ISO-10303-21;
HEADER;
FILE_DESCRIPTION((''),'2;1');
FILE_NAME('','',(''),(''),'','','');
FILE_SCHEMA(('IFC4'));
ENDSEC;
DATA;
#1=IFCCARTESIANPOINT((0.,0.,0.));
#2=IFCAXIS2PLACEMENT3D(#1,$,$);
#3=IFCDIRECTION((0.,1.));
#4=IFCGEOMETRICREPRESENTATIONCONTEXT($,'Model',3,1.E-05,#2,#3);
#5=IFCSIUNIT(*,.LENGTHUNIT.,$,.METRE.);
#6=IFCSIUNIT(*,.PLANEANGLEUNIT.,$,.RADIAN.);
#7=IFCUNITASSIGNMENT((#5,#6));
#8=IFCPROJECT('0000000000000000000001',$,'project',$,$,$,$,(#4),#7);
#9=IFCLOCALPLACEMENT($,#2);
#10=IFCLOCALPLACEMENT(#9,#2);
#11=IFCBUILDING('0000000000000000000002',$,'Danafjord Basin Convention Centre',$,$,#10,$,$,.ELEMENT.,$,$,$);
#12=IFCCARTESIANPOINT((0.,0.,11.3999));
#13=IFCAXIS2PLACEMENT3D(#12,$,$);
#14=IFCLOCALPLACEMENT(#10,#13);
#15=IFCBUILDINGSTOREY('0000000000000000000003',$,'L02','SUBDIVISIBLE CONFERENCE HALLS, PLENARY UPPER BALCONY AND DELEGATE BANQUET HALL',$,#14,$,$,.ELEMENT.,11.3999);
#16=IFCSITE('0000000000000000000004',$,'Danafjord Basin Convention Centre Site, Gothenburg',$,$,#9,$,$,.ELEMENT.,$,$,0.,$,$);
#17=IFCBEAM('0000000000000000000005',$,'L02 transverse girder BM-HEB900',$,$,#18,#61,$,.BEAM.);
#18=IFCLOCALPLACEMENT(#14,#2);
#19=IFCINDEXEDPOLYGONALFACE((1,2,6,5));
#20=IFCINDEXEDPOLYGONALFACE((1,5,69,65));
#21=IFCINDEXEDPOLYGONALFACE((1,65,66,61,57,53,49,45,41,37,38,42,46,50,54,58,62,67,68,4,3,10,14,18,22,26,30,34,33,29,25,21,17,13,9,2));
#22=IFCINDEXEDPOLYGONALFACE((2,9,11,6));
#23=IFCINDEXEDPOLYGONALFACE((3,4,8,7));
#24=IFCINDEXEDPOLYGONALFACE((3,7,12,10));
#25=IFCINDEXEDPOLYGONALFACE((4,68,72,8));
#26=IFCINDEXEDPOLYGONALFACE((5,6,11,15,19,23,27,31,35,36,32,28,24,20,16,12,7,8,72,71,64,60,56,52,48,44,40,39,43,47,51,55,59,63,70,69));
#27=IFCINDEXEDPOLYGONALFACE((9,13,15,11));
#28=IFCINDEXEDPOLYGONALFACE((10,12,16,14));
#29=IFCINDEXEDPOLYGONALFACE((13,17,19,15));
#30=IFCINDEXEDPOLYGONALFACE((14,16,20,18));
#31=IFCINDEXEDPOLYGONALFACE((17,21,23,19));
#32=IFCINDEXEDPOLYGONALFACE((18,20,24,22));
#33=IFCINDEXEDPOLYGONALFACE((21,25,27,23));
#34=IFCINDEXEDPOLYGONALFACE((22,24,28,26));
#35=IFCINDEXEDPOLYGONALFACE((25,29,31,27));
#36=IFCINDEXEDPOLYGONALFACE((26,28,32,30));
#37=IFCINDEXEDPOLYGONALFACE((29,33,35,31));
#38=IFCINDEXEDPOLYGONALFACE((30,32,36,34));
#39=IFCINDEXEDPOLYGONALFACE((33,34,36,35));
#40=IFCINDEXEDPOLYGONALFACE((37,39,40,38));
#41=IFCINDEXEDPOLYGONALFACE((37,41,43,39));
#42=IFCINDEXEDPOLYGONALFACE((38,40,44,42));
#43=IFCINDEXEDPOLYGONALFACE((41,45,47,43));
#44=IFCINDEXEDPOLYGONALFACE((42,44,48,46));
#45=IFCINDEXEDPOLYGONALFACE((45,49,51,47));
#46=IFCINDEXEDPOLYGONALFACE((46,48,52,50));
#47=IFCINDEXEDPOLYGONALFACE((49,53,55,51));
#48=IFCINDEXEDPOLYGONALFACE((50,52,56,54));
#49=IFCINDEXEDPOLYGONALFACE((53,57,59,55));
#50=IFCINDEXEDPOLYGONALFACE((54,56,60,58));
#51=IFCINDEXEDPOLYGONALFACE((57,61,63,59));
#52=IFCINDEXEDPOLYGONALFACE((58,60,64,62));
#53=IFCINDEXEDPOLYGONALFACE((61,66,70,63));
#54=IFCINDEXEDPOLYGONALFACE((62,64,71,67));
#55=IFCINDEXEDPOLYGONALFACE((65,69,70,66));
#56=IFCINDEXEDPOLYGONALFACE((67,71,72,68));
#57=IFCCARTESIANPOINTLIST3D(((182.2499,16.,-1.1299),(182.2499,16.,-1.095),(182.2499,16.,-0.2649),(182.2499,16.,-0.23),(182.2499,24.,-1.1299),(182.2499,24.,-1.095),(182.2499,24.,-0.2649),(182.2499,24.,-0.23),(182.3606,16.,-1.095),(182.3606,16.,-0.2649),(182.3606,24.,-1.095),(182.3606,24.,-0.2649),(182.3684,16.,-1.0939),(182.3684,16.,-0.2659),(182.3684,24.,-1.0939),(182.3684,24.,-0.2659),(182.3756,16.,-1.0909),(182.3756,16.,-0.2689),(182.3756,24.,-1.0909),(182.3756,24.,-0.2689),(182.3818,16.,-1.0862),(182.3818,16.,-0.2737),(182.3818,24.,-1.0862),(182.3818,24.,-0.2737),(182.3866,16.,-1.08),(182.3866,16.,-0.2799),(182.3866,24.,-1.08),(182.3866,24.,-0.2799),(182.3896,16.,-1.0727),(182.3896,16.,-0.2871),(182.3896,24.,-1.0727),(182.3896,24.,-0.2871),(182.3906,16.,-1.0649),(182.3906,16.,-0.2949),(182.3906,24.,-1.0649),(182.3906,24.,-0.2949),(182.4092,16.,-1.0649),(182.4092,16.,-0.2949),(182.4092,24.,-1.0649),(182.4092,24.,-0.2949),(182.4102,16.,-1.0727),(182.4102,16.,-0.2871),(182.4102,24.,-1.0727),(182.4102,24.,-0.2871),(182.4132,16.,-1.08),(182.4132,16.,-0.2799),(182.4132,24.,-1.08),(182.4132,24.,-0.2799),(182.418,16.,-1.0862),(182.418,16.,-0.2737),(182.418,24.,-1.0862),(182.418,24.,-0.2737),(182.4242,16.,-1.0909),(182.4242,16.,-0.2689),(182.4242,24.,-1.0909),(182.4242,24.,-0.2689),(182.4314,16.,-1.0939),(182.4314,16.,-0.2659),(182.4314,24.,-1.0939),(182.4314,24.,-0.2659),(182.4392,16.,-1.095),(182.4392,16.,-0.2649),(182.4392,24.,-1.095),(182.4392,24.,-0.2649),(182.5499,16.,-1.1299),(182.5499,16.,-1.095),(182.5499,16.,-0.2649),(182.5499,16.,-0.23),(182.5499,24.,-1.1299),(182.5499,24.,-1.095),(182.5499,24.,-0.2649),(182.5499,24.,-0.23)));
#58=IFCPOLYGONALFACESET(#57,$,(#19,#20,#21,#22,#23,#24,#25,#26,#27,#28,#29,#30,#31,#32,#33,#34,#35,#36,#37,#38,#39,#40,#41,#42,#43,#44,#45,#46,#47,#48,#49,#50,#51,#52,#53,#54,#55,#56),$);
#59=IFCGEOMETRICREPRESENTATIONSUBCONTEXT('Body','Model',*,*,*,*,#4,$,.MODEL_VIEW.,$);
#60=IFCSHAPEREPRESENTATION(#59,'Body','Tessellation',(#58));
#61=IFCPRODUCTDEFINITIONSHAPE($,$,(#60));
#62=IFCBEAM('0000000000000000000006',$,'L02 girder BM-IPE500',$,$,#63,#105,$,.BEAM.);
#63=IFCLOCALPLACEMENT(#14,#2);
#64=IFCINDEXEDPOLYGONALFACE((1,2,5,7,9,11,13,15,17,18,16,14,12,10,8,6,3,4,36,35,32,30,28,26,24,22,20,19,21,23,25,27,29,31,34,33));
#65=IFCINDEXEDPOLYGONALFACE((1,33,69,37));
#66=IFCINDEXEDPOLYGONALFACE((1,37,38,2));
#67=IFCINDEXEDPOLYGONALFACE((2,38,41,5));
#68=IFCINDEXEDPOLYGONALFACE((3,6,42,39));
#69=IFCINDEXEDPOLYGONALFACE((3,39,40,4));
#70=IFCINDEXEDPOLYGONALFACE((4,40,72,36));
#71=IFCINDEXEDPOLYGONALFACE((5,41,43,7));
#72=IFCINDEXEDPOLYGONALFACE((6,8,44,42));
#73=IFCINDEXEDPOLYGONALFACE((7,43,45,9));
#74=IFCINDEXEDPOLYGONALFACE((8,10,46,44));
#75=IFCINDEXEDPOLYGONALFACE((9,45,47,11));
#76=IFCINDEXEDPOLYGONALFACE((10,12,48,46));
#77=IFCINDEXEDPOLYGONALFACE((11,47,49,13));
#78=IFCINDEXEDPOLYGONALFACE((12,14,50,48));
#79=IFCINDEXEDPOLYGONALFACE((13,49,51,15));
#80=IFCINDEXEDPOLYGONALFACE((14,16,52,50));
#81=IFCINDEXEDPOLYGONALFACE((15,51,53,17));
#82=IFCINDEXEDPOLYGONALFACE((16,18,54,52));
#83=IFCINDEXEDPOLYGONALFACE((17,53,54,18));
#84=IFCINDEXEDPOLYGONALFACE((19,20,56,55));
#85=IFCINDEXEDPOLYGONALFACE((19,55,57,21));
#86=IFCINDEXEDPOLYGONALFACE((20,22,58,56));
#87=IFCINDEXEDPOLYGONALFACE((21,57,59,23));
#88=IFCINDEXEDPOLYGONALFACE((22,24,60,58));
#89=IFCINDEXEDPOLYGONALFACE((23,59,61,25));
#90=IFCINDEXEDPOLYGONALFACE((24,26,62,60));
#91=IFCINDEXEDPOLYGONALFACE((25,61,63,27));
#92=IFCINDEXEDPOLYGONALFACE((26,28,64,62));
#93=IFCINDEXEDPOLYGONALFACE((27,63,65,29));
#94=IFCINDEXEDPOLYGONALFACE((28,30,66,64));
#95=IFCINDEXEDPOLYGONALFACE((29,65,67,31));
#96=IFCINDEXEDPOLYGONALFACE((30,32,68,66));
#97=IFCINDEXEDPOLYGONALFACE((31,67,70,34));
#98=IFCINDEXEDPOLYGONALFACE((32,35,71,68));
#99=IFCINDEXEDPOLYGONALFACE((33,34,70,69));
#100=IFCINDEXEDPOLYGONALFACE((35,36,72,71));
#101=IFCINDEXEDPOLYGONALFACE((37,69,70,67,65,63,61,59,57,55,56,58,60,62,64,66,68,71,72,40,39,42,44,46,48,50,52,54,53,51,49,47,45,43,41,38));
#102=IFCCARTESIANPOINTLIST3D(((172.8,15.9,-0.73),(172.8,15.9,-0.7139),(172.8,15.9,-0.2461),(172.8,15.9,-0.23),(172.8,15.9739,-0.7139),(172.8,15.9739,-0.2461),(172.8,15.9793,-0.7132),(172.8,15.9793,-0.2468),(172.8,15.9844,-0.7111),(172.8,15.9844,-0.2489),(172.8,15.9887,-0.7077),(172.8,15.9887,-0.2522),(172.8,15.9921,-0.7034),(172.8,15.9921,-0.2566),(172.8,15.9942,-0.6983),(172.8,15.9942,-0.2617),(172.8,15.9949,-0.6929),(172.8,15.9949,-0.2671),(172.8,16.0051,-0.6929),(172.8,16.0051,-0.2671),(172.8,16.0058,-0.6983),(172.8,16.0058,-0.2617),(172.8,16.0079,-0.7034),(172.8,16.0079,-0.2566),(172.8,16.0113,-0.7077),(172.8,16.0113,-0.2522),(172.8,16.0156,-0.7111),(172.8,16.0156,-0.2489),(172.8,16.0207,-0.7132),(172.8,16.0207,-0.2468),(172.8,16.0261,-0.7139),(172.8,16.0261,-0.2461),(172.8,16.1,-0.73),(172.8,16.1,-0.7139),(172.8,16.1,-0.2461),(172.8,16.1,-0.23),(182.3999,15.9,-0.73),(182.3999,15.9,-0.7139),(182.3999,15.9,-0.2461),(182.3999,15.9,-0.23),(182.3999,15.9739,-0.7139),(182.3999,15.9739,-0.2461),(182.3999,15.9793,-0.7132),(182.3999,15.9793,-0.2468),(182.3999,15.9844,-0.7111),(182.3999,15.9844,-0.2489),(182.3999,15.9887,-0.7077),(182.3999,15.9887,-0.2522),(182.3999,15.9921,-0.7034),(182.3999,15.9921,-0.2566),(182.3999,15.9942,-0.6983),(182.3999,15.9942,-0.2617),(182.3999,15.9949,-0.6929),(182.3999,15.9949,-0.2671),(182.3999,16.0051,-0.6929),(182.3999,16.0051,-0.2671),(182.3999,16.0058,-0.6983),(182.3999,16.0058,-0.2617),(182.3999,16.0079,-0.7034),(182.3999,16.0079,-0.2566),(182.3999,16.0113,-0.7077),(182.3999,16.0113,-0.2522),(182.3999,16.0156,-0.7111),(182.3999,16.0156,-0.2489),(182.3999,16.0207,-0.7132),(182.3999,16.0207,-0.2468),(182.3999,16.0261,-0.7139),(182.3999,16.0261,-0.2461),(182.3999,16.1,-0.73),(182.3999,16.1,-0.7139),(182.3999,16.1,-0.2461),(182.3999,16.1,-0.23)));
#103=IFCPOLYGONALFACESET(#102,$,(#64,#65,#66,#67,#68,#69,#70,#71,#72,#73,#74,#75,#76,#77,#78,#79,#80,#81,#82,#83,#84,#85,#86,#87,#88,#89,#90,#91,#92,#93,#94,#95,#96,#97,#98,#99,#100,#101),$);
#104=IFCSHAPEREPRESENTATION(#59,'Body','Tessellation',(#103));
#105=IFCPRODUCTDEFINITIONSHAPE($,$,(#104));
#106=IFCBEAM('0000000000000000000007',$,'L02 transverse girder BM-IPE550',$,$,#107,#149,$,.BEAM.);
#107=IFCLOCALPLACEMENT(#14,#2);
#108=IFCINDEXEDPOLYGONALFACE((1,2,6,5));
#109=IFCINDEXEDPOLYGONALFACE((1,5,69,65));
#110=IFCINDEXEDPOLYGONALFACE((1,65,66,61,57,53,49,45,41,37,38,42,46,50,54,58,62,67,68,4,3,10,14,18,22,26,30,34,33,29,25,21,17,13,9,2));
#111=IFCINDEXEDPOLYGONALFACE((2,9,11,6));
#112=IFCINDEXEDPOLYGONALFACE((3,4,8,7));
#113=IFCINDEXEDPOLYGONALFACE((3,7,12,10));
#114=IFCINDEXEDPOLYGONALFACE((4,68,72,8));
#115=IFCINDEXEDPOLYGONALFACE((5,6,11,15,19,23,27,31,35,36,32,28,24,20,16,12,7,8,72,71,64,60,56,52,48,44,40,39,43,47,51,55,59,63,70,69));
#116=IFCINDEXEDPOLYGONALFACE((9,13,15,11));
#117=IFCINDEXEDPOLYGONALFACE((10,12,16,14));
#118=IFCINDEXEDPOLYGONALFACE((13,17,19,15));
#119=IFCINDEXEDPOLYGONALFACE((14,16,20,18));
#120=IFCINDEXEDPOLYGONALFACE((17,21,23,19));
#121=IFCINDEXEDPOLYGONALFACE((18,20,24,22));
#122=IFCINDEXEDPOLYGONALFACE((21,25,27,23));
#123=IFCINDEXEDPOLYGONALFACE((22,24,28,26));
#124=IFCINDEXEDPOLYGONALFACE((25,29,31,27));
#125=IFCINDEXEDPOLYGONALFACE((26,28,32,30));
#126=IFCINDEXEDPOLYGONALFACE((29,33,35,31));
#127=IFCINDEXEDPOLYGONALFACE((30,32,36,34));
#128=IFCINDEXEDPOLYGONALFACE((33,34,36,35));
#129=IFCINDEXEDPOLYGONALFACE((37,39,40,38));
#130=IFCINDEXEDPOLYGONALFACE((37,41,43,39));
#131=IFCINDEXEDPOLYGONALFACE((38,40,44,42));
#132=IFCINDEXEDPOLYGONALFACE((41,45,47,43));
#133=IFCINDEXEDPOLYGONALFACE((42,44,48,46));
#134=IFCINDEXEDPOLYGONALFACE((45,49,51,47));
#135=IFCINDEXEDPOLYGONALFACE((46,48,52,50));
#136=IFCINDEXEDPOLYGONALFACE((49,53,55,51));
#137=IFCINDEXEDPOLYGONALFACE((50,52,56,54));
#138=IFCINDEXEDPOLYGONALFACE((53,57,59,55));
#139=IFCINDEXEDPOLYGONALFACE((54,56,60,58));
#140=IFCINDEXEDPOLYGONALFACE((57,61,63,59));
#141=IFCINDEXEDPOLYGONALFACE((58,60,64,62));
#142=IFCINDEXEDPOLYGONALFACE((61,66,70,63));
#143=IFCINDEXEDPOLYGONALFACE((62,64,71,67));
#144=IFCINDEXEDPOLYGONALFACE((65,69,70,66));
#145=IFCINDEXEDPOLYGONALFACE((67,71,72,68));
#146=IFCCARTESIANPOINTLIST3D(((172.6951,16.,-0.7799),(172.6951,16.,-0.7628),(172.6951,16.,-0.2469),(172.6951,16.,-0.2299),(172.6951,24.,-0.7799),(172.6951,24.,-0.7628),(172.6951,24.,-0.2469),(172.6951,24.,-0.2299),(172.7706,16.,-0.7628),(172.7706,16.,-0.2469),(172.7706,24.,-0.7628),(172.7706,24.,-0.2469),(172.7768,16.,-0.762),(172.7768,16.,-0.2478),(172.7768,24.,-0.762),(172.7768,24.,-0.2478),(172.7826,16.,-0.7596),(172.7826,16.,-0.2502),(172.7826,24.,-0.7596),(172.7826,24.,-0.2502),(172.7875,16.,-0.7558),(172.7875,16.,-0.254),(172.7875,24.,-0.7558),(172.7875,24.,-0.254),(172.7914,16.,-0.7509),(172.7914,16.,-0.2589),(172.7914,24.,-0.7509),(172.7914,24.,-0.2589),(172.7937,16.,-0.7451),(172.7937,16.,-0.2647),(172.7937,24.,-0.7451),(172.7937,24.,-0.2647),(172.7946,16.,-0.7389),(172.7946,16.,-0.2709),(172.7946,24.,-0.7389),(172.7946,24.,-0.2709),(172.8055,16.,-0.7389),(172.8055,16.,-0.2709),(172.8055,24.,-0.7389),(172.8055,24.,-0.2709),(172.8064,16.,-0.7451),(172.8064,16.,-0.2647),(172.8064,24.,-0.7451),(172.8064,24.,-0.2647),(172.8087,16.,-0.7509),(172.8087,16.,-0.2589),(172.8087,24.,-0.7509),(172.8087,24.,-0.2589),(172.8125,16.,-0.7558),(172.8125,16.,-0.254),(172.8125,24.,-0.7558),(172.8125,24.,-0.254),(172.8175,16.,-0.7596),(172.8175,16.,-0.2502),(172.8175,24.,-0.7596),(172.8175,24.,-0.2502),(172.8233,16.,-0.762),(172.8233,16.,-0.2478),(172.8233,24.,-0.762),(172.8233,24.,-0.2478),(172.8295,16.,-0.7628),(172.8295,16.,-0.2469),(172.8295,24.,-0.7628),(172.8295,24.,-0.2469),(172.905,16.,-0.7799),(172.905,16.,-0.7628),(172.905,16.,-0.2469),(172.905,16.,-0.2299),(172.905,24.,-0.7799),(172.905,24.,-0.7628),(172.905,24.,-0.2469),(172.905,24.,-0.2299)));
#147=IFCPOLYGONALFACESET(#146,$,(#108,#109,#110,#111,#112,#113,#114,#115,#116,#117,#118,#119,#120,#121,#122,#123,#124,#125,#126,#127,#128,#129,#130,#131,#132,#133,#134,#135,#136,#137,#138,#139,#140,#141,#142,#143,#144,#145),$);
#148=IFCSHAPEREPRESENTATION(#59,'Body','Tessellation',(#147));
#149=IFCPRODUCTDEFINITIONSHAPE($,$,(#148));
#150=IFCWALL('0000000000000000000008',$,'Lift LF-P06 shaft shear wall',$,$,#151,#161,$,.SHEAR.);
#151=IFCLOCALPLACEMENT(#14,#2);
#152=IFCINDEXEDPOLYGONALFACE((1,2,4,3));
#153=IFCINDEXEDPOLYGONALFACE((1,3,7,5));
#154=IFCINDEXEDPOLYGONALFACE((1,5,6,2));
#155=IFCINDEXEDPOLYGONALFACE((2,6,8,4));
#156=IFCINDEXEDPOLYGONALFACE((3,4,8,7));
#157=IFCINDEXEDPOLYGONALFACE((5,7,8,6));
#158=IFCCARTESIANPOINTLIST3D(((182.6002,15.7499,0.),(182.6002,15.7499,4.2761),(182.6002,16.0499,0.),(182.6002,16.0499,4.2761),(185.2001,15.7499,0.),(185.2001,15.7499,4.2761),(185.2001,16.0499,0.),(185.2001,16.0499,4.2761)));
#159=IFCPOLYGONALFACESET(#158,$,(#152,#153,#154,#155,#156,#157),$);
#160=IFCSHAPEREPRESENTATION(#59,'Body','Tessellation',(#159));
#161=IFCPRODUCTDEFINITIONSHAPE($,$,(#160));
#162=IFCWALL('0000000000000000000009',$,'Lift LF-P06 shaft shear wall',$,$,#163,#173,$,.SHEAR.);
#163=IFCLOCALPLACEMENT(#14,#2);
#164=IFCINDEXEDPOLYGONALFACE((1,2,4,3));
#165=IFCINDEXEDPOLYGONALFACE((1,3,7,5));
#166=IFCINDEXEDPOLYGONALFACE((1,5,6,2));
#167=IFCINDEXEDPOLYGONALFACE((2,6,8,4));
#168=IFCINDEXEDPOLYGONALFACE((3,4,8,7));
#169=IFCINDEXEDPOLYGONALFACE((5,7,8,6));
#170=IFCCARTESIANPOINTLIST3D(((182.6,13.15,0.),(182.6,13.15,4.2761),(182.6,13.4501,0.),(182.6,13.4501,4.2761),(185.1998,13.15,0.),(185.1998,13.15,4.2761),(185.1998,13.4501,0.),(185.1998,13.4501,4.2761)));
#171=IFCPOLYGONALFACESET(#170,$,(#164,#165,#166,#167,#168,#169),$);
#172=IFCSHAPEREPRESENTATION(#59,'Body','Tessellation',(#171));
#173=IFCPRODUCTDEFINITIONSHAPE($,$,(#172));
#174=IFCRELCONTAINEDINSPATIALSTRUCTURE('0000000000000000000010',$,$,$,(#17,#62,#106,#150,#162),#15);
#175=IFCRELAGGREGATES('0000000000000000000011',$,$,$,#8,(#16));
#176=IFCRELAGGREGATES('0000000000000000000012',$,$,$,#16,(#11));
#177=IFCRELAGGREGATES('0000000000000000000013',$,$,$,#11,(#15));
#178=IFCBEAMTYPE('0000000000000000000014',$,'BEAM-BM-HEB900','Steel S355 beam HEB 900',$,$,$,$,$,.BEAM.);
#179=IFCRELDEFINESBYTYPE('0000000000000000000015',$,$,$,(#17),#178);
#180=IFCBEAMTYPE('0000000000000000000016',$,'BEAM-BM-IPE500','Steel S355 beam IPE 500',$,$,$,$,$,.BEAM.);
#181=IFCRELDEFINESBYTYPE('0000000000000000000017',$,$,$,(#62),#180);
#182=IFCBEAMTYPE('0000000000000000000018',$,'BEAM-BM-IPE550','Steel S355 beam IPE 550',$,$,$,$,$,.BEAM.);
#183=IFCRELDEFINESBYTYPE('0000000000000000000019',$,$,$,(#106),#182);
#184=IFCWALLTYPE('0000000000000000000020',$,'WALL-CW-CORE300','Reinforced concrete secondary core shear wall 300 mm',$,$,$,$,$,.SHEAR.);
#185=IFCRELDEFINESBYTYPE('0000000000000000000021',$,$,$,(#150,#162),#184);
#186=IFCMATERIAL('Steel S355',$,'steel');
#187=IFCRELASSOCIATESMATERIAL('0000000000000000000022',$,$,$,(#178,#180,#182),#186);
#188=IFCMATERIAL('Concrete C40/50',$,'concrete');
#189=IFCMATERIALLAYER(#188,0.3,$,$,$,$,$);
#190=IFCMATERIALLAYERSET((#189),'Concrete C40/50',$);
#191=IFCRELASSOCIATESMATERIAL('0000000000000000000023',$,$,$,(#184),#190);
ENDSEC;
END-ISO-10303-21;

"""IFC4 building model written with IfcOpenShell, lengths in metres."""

from ifc_helpers import new_model, si_unit, direction, frame, frame_2d, origin, origin_2d, place, context, subcontext, project, spatial, rectangle, i_section, extrude, material, layer, layer_set, material_profile, profile_set, type_object, element, save


model = new_model("IFC4")

# Units and contexts
model_context = context("Model", 3, precision=1e-05, world=origin(), true_north=direction((0.0, 1.0)))
body_context = subcontext(model_context, "Body", "Model", "MODEL_VIEW")
ifc_project = project(units=[si_unit("LENGTHUNIT", "METRE"), si_unit("PLANEANGLEUNIT", "RADIAN")], contexts=[model_context])

# Site, building, storey
site_placement = place(None, origin())
site = spatial("IfcSite", under=ifc_project, at=site_placement, Name="Danafjord Basin Convention Centre Site, Gothenburg", CompositionType="ELEMENT", RefElevation=0.0)
building_placement = place(site_placement, origin())
building = spatial("IfcBuilding", under=site, at=building_placement, Name="Danafjord Basin Convention Centre", CompositionType="ELEMENT")
storey_placement = place(building_placement, frame((0.0, 0.0, 11.3999)))
storey = spatial("IfcBuildingStorey", under=building, at=storey_placement, Name="L02", Description="SUBDIVISIBLE CONFERENCE HALLS, PLENARY UPPER BALCONY AND DELEGATE BANQUET HALL", CompositionType="ELEMENT", Elevation=11.3999)

# Shared definitions
ifc_material_1 = material(Name="Steel S355", Category="steel")

# Beams
ifc_material_profile_1 = material_profile(ifc_material_1, i_section(OverallWidth=0.3, OverallDepth=0.8999, WebThickness=0.0186, FlangeThickness=0.0349, FilletRadius=0.03, at=origin_2d()), Name="HEB 900")
ifc_profile_set_1 = profile_set([ifc_material_profile_1], Name="Steel S355")
beam_type_1 = type_object("IfcBeamType", Name="BEAM-BM-HEB900", Description="Steel S355 beam HEB 900", PredefinedType="BEAM", material=ifc_profile_set_1)
beam_1_placement = place(storey_placement, frame((182.3999, 16.0, -0.6799), z_axis=(0.0, 1.0, 0.0), x_axis=(-1.0, 0.0, 0.0)))
element("IfcBeam", 1, at=beam_1_placement, inside=storey, type_object=beam_type_1, Name="L02 transverse girder BM-HEB900", PredefinedType="BEAM", context=body_context, shape_type="SweptSolid", body=[
    extrude(i_section(OverallWidth=0.3, OverallDepth=0.8999, WebThickness=0.0186, FlangeThickness=0.0349, FilletRadius=0.03, at=origin_2d()), origin(), (0.0, 0.0, 1.0), 8.0),
])
ifc_material_profile_2 = material_profile(ifc_material_1, i_section(OverallWidth=0.2, OverallDepth=0.5, WebThickness=0.0103, FlangeThickness=0.0161, FilletRadius=0.021, at=origin_2d()), Name="IPE 500")
ifc_profile_set_2 = profile_set([ifc_material_profile_2], Name="Steel S355")
beam_type_2 = type_object("IfcBeamType", Name="BEAM-BM-IPE500", Description="Steel S355 beam IPE 500", PredefinedType="BEAM", material=ifc_profile_set_2)
beam_2_placement = place(storey_placement, frame((172.8, 16.0, -0.48), z_axis=(1.0, 0.0, 0.0), x_axis=(0.0, 1.0, 0.0)))
element("IfcBeam", 2, at=beam_2_placement, inside=storey, type_object=beam_type_2, Name="L02 girder BM-IPE500", PredefinedType="BEAM", context=body_context, shape_type="SweptSolid", body=[
    extrude(i_section(OverallWidth=0.2, OverallDepth=0.5, WebThickness=0.0103, FlangeThickness=0.0161, FilletRadius=0.021, at=origin_2d()), origin(), (0.0, 0.0, 1.0), 9.5999),
])
ifc_material_profile_3 = material_profile(ifc_material_1, i_section(OverallWidth=0.21, OverallDepth=0.55, WebThickness=0.011, FlangeThickness=0.0171, FilletRadius=0.0239, at=origin_2d()), Name="IPE 550")
ifc_profile_set_3 = profile_set([ifc_material_profile_3], Name="Steel S355")
beam_type_3 = type_object("IfcBeamType", Name="BEAM-BM-IPE550", Description="Steel S355 beam IPE 550", PredefinedType="BEAM", material=ifc_profile_set_3)
beam_3_placement = place(storey_placement, frame((172.8, 16.0, -0.5049), z_axis=(0.0, 1.0, 0.0), x_axis=(-1.0, 0.0, 0.0)))
element("IfcBeam", 3, at=beam_3_placement, inside=storey, type_object=beam_type_3, Name="L02 transverse girder BM-IPE550", PredefinedType="BEAM", context=body_context, shape_type="SweptSolid", body=[
    extrude(i_section(OverallWidth=0.21, OverallDepth=0.55, WebThickness=0.011, FlangeThickness=0.0171, FilletRadius=0.0239, at=origin_2d()), origin(), (0.0, 0.0, 1.0), 8.0),
])

# Walls
ifc_material_2 = material(Name="Concrete C40/50", Category="concrete")
ifc_layer_1 = layer(ifc_material_2, 0.3)
ifc_layer_set_1 = layer_set([ifc_layer_1], Name="Concrete C40/50")
wall_type_1 = type_object("IfcWallType", Name="WALL-CW-CORE300", Description="Reinforced concrete secondary core shear wall 300 mm", PredefinedType="SHEAR", material=ifc_layer_set_1)
for number, where, z_axis, x_axis, name in (
    (4, (185.2, 15.8999, 0.0), (0.0, 0.0, 1.0), (-1.0, 0.0, 0.0), "Lift LF-P06 shaft shear wall"),
    (5, (182.6001, 13.3, 0.0), (0.0, 0.0, 1.0), (1.0, 0.0, 0.0), "Lift LF-P06 shaft shear wall"),
):
    element("IfcWall", number, at=place(storey_placement, frame(where, z_axis=z_axis, x_axis=x_axis)), inside=storey, type_object=wall_type_1, Name=name, PredefinedType="SHEAR", context=body_context, shape_type="SweptSolid", body=[
        extrude(rectangle(XDim=2.5999, YDim=0.3, at=frame_2d((1.2998, 0.0))), origin(), (0.0, 0.0, 1.0), 4.2761),
    ])

save(model, "model.ifc")
